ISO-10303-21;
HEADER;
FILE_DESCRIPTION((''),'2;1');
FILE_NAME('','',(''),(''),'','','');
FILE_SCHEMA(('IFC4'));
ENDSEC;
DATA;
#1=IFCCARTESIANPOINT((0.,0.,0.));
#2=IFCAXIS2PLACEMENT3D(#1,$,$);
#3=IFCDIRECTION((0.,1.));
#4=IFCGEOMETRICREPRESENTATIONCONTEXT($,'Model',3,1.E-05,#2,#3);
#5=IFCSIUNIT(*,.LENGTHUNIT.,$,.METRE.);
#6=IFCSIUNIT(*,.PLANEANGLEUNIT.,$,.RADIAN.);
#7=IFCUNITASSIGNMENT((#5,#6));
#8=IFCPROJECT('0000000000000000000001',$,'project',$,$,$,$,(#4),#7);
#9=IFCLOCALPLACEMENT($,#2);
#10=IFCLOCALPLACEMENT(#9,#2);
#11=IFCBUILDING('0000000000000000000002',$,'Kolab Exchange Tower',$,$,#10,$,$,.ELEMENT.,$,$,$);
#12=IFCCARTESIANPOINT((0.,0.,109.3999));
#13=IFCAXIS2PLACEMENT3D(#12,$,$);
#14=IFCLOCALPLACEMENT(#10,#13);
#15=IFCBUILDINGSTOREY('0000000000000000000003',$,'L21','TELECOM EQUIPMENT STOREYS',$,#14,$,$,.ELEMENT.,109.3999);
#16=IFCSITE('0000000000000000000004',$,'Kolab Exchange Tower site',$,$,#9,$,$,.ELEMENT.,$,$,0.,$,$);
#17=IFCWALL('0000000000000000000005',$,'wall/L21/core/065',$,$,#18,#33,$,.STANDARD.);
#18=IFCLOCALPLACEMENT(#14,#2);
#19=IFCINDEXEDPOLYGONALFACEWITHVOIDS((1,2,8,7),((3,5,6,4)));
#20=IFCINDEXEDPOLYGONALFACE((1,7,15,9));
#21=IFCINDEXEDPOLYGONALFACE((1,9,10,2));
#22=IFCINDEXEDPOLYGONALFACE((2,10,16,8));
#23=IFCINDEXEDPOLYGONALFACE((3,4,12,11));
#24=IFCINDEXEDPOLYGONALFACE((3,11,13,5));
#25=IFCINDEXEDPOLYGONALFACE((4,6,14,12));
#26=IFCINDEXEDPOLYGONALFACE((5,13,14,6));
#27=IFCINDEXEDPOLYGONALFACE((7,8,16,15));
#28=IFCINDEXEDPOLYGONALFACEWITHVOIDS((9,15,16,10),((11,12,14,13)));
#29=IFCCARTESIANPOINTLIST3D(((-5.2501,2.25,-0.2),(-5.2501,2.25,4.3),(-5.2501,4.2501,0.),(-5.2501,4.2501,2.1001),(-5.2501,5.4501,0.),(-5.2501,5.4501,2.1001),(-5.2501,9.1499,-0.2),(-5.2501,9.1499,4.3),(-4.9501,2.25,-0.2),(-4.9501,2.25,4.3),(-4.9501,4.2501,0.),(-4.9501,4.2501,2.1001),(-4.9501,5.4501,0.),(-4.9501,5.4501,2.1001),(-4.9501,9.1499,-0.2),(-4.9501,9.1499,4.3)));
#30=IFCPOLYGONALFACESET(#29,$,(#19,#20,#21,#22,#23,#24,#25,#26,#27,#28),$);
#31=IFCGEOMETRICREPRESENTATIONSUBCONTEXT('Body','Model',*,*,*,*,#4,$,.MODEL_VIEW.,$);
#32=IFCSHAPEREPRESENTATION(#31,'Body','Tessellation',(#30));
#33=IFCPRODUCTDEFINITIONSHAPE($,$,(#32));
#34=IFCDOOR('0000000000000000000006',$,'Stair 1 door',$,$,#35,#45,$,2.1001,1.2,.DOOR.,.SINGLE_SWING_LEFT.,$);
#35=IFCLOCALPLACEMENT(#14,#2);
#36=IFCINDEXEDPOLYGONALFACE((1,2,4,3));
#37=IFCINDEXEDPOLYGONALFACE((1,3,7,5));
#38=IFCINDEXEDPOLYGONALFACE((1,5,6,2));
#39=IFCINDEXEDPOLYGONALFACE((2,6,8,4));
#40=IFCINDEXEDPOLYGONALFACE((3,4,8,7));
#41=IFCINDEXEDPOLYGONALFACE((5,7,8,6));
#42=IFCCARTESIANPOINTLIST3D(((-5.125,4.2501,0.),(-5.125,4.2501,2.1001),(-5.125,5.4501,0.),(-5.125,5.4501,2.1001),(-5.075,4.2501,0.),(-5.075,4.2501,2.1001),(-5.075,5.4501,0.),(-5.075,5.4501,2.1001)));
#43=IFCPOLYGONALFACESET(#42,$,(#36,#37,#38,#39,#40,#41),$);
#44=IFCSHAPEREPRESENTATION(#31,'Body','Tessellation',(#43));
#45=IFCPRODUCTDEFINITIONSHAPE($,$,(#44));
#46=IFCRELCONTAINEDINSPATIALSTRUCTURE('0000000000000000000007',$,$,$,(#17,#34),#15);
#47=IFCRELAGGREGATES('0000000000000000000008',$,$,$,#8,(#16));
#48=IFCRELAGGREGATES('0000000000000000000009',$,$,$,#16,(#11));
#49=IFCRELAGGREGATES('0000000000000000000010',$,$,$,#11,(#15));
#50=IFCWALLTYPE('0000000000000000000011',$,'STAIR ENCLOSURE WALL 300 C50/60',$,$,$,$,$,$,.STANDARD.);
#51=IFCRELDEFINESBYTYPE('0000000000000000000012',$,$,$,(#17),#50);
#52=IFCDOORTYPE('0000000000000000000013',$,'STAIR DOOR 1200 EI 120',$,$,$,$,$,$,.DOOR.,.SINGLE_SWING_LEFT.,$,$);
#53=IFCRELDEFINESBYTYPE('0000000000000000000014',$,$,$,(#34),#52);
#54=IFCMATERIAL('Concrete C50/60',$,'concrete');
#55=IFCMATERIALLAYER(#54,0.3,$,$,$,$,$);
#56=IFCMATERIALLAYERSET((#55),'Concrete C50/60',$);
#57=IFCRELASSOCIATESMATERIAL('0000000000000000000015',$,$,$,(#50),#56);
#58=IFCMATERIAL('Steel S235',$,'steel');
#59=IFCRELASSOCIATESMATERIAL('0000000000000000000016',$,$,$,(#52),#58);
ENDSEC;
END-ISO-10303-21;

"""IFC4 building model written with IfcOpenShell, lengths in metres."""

from ifc_helpers import new_model, si_unit, direction, frame, frame_2d, origin, place, context, subcontext, project, spatial, rectangle, extrude, material, layer, layer_set, type_object, element, fill, save


model = new_model("IFC4")

# Units and contexts
model_context = context("Model", 3, precision=1e-05, world=origin(), true_north=direction((0.0, 1.0)))
body_context = subcontext(model_context, "Body", "Model", "MODEL_VIEW")
ifc_project = project(units=[si_unit("LENGTHUNIT", "METRE"), si_unit("PLANEANGLEUNIT", "RADIAN")], contexts=[model_context])

# Site, building, storey
site_placement = place(None, origin())
site = spatial("IfcSite", under=ifc_project, at=site_placement, Name="Kolab Exchange Tower site", CompositionType="ELEMENT", RefElevation=0.0)
building_placement = place(site_placement, origin())
building = spatial("IfcBuilding", under=site, at=building_placement, Name="Kolab Exchange Tower", CompositionType="ELEMENT")
storey_placement = place(building_placement, frame((0.0, 0.0, 109.3999)))
storey = spatial("IfcBuildingStorey", under=building, at=storey_placement, Name="L21", Description="TELECOM EQUIPMENT STOREYS", CompositionType="ELEMENT", Elevation=109.3999)

# Shared definitions
ifc_material_1 = material(Name="Concrete C50/60", Category="concrete")
ifc_layer_1 = layer(ifc_material_1, 0.3)
ifc_layer_set_1 = layer_set([ifc_layer_1], Name="Concrete C50/60")
wall_type_1 = type_object("IfcWallType", Name="STAIR ENCLOSURE WALL 300 C50/60", PredefinedType="STANDARD", material=ifc_layer_set_1)

# Shared definitions
ifc_material_2 = material(Name="Steel S235", Category="steel")
door_type = type_object("IfcDoorType", Name="STAIR DOOR 1200 EI 120", OperationType="SINGLE_SWING_LEFT", PredefinedType="DOOR", material=ifc_material_2)

# Wall, opening, door
wall_1_placement = place(storey_placement, frame((-5.1001, 2.25, -0.2), z_axis=(0.0, 0.0, 1.0), x_axis=(0.0, 1.0, 0.0)))
wall_1 = element("IfcWall", 1, at=wall_1_placement, inside=storey, type_object=wall_type_1, Name="wall/L21/core/065", PredefinedType="STANDARD", context=body_context, shape_type="SweptSolid", body=[
    extrude(rectangle(XDim=6.8999, YDim=0.3, at=frame_2d((3.45, 0.0))), origin(), (0.0, 0.0, 1.0), 4.5),
])
opening_1_placement = place(wall_1_placement, frame((2.0, 0.0, 0.2)))
opening_1 = element("IfcOpeningElement", 2, at=opening_1_placement, cuts=wall_1, PredefinedType="OPENING", context=body_context, shape_type="SweptSolid", body=[
    extrude(rectangle(XDim=1.2, YDim=2.1001, at=frame_2d((0.6001, 1.05))), frame((0.0, 0.1602, 0.0), z_axis=(0.0, -1.0, 0.0), x_axis=(1.0, 0.0, 0.0)), (0.0, 0.0, 1.0), 0.3201),
])
door_1_placement = place(opening_1_placement, origin())
door_1 = element("IfcDoor", 3, at=door_1_placement, inside=storey, type_object=door_type, Name="Stair 1 door", OperationType="SINGLE_SWING_LEFT", OverallHeight=2.1001, OverallWidth=1.2, PredefinedType="DOOR", context=body_context, shape_type="SweptSolid", body=[
    extrude(rectangle(XDim=1.2, YDim=2.1001, at=frame_2d((0.6001, 1.05))), frame((0.0, 0.0249, 0.0), z_axis=(0.0, -1.0, 0.0), x_axis=(1.0, 0.0, 0.0)), (0.0, 0.0, 1.0), 0.05),
])
fill(opening_1, door_1)

save(model, "model.ifc")
